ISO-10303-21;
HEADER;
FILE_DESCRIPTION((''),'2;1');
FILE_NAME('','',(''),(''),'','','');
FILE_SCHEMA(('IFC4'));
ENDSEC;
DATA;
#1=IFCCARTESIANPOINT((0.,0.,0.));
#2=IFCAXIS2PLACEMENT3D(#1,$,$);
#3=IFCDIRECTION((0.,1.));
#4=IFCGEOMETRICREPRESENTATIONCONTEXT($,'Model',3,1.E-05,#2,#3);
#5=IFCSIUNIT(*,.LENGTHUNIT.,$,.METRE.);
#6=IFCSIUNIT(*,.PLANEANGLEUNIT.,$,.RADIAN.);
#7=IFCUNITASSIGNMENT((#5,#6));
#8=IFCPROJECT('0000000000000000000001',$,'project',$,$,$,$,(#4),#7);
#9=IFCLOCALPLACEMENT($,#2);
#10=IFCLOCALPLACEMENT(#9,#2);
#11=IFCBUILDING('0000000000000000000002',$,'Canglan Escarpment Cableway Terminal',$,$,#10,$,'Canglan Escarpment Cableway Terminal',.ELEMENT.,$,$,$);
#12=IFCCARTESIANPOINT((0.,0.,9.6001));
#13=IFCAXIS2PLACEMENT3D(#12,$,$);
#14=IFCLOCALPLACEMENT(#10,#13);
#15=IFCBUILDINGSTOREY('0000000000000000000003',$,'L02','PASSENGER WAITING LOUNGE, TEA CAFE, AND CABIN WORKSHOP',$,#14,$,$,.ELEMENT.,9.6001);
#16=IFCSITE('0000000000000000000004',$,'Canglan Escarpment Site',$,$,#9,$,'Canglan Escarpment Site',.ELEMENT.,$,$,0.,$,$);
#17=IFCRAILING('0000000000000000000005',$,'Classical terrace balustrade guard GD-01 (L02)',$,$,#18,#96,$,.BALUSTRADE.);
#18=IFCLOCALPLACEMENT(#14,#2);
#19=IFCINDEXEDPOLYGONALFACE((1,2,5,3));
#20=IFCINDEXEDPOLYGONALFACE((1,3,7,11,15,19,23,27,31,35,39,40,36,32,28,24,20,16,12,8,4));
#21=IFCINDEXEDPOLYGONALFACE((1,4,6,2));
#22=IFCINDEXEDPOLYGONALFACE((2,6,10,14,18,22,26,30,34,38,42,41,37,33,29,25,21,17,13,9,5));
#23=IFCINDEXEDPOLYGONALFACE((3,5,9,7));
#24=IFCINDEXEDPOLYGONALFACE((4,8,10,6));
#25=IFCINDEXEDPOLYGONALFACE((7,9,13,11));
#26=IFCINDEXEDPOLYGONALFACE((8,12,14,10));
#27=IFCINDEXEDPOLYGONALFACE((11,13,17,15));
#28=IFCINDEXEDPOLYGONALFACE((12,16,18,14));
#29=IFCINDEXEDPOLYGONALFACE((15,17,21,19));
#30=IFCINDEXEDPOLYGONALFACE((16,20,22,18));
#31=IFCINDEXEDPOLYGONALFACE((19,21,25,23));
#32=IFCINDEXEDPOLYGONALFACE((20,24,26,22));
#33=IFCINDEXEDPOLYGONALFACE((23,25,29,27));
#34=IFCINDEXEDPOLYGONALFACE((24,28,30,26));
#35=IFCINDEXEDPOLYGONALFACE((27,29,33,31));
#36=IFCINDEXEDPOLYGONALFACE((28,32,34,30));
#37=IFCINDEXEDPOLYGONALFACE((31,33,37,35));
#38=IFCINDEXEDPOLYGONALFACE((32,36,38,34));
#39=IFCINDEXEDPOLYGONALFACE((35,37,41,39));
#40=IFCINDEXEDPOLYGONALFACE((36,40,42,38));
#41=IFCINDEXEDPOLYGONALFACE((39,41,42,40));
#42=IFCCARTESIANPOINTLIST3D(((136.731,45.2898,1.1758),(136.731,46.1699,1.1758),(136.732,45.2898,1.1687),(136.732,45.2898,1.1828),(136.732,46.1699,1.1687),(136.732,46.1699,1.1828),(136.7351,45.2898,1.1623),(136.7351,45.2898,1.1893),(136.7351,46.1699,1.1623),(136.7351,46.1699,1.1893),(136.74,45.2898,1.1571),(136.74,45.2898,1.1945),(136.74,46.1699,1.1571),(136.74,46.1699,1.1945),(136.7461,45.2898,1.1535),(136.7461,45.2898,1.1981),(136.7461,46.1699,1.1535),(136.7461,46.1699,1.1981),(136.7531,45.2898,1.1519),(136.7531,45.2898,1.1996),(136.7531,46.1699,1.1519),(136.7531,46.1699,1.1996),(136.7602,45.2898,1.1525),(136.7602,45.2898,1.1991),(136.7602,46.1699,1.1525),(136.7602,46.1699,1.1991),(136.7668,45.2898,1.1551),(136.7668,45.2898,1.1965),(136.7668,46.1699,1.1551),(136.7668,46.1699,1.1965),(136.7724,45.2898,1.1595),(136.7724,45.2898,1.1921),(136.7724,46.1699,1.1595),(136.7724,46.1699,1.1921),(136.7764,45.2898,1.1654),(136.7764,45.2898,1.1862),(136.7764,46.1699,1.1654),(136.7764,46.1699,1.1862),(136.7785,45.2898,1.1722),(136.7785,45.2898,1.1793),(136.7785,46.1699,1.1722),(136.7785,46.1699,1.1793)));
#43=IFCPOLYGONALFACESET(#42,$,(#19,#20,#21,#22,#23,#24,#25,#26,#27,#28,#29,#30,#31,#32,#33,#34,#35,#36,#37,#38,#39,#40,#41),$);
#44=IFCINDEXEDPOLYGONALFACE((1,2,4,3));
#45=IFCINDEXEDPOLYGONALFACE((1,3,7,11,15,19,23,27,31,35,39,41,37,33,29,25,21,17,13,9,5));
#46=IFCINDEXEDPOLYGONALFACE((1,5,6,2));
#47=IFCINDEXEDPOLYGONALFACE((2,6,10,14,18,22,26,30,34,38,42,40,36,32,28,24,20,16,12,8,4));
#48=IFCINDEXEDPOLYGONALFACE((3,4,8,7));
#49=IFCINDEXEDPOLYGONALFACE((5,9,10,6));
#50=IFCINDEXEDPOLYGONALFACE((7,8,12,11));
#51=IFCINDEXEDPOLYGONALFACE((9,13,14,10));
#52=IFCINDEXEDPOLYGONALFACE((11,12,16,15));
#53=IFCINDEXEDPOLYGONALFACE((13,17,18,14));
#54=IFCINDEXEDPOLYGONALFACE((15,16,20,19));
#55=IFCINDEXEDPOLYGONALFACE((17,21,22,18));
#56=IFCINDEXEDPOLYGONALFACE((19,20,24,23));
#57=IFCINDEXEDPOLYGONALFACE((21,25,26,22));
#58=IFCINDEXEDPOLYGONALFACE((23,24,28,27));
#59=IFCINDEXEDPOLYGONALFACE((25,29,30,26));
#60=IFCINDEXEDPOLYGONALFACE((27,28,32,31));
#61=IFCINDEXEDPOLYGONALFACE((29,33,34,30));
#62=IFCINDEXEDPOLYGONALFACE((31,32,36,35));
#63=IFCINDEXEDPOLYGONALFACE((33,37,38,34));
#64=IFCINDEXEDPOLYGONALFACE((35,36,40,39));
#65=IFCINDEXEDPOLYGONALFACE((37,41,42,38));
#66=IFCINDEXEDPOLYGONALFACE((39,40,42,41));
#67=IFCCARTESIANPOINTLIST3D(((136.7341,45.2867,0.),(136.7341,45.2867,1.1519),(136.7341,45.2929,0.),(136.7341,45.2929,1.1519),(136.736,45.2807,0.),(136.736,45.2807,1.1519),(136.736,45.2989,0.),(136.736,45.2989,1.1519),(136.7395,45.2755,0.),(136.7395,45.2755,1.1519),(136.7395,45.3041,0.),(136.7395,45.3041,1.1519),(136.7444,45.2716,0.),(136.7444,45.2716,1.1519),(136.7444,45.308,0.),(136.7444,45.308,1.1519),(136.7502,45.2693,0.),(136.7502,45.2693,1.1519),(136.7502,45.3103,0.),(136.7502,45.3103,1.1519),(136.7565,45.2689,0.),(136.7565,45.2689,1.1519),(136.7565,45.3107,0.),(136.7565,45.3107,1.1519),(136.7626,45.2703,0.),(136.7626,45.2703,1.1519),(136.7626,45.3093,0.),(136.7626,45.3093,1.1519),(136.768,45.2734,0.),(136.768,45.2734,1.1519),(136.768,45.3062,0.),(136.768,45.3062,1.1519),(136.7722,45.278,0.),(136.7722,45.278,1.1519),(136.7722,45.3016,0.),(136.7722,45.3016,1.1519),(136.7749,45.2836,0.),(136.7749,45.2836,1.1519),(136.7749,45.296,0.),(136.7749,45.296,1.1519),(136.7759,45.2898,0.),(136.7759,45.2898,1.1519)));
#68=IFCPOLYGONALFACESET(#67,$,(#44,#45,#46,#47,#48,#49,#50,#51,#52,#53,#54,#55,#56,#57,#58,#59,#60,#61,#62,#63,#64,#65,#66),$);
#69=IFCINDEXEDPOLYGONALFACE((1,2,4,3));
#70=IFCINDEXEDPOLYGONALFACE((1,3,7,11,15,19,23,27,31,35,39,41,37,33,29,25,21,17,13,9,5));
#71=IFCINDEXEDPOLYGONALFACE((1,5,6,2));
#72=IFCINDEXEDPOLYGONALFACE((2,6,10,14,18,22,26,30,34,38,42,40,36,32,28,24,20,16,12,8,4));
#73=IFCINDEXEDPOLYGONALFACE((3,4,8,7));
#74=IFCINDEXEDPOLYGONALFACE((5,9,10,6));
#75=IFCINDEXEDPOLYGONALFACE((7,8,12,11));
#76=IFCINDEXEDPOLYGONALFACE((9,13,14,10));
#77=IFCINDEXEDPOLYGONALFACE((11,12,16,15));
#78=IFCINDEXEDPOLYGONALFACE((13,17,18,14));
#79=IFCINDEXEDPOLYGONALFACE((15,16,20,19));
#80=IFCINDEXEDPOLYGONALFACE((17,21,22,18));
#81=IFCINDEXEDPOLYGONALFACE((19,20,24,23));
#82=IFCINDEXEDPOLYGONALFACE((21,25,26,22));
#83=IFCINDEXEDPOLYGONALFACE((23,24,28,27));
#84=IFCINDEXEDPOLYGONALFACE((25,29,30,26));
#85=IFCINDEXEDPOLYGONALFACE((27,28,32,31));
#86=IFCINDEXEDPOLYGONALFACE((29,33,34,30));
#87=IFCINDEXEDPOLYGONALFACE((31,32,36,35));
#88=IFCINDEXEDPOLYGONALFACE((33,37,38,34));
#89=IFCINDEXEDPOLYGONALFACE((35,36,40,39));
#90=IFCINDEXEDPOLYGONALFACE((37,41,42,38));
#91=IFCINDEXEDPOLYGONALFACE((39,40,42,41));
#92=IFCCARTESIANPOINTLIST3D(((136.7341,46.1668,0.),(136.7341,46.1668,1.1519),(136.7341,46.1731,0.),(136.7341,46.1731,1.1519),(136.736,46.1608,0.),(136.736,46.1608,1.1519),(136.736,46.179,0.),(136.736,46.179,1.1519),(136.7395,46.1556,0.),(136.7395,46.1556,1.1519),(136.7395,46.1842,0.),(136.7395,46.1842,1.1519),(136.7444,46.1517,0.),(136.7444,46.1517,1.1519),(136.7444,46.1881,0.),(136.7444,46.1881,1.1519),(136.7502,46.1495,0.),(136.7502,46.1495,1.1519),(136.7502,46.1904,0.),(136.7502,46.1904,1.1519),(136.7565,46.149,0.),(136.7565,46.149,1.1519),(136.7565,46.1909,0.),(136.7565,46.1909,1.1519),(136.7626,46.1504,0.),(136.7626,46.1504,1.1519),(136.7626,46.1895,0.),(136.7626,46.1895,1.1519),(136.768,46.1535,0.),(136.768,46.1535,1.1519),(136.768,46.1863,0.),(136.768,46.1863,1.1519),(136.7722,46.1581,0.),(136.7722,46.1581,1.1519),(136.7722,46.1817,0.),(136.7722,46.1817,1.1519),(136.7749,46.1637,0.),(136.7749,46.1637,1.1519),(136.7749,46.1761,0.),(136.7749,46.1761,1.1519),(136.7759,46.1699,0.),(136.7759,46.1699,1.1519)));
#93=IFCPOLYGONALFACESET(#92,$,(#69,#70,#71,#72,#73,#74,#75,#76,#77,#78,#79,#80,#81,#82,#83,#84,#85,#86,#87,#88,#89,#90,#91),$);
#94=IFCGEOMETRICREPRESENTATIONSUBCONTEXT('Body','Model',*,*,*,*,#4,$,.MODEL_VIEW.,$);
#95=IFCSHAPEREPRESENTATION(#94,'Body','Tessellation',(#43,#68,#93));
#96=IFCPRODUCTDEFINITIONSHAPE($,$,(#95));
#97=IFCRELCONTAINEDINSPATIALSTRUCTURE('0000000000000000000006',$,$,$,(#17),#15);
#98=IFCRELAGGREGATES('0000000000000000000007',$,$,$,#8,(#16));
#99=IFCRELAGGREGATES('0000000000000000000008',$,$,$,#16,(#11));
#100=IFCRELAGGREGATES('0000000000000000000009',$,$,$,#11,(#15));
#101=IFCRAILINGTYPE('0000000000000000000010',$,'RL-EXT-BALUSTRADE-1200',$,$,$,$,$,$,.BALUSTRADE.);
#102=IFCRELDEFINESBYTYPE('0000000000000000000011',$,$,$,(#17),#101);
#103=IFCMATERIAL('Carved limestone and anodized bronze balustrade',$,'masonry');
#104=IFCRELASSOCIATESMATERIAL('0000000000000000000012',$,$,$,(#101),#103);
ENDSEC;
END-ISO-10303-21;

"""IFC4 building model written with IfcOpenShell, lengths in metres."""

from ifc_helpers import new_model, si_unit, direction, frame, origin, origin_2d, place, context, subcontext, project, spatial, circle, extrude, material, type_object, element, save


model = new_model("IFC4")

# Units and contexts
model_context = context("Model", 3, precision=1e-05, world=origin(), true_north=direction((0.0, 1.0)))
body_context = subcontext(model_context, "Body", "Model", "MODEL_VIEW")
ifc_project = project(units=[si_unit("LENGTHUNIT", "METRE"), si_unit("PLANEANGLEUNIT", "RADIAN")], contexts=[model_context])

# Site, building, storey
site_placement = place(None, origin())
site = spatial("IfcSite", under=ifc_project, at=site_placement, Name="Canglan Escarpment Site", LongName="Canglan Escarpment Site", CompositionType="ELEMENT", RefElevation=0.0)
building_placement = place(site_placement, origin())
building = spatial("IfcBuilding", under=site, at=building_placement, Name="Canglan Escarpment Cableway Terminal", LongName="Canglan Escarpment Cableway Terminal", CompositionType="ELEMENT")
storey_placement = place(building_placement, frame((0.0, 0.0, 9.6001)))
storey = spatial("IfcBuildingStorey", under=building, at=storey_placement, Name="L02", Description="PASSENGER WAITING LOUNGE, TEA CAFE, AND CABIN WORKSHOP", CompositionType="ELEMENT", Elevation=9.6001)

# Railing
ifc_material_1 = material(Name="Carved limestone and anodized bronze balustrade", Category="masonry")
railing_type = type_object("IfcRailingType", Name="RL-EXT-BALUSTRADE-1200", PredefinedType="BALUSTRADE", material=ifc_material_1)
railing_1_placement = place(storey_placement, frame((136.7549, 45.2898, 0.0)))
element("IfcRailing", 1, at=railing_1_placement, inside=storey, type_object=railing_type, Name="Classical terrace balustrade guard GD-01 (L02)", PredefinedType="BALUSTRADE", context=body_context, shape_type="SweptSolid", body=[
    extrude(circle(Radius=0.0239, at=origin_2d()), frame((0.0, 0.0, 1.1758), z_axis=(0.0, 1.0, 0.0), x_axis=(-1.0, 0.0, 0.0)), (0.0, 0.0, 1.0), 0.8801),
    extrude(circle(Radius=0.021, at=origin_2d()), origin(), (0.0, 0.0, 1.0), 1.1519),
    extrude(circle(Radius=0.021, at=origin_2d()), frame((0.0, 0.8801, 0.0)), (0.0, 0.0, 1.0), 1.1519),
])

save(model, "model.ifc")
